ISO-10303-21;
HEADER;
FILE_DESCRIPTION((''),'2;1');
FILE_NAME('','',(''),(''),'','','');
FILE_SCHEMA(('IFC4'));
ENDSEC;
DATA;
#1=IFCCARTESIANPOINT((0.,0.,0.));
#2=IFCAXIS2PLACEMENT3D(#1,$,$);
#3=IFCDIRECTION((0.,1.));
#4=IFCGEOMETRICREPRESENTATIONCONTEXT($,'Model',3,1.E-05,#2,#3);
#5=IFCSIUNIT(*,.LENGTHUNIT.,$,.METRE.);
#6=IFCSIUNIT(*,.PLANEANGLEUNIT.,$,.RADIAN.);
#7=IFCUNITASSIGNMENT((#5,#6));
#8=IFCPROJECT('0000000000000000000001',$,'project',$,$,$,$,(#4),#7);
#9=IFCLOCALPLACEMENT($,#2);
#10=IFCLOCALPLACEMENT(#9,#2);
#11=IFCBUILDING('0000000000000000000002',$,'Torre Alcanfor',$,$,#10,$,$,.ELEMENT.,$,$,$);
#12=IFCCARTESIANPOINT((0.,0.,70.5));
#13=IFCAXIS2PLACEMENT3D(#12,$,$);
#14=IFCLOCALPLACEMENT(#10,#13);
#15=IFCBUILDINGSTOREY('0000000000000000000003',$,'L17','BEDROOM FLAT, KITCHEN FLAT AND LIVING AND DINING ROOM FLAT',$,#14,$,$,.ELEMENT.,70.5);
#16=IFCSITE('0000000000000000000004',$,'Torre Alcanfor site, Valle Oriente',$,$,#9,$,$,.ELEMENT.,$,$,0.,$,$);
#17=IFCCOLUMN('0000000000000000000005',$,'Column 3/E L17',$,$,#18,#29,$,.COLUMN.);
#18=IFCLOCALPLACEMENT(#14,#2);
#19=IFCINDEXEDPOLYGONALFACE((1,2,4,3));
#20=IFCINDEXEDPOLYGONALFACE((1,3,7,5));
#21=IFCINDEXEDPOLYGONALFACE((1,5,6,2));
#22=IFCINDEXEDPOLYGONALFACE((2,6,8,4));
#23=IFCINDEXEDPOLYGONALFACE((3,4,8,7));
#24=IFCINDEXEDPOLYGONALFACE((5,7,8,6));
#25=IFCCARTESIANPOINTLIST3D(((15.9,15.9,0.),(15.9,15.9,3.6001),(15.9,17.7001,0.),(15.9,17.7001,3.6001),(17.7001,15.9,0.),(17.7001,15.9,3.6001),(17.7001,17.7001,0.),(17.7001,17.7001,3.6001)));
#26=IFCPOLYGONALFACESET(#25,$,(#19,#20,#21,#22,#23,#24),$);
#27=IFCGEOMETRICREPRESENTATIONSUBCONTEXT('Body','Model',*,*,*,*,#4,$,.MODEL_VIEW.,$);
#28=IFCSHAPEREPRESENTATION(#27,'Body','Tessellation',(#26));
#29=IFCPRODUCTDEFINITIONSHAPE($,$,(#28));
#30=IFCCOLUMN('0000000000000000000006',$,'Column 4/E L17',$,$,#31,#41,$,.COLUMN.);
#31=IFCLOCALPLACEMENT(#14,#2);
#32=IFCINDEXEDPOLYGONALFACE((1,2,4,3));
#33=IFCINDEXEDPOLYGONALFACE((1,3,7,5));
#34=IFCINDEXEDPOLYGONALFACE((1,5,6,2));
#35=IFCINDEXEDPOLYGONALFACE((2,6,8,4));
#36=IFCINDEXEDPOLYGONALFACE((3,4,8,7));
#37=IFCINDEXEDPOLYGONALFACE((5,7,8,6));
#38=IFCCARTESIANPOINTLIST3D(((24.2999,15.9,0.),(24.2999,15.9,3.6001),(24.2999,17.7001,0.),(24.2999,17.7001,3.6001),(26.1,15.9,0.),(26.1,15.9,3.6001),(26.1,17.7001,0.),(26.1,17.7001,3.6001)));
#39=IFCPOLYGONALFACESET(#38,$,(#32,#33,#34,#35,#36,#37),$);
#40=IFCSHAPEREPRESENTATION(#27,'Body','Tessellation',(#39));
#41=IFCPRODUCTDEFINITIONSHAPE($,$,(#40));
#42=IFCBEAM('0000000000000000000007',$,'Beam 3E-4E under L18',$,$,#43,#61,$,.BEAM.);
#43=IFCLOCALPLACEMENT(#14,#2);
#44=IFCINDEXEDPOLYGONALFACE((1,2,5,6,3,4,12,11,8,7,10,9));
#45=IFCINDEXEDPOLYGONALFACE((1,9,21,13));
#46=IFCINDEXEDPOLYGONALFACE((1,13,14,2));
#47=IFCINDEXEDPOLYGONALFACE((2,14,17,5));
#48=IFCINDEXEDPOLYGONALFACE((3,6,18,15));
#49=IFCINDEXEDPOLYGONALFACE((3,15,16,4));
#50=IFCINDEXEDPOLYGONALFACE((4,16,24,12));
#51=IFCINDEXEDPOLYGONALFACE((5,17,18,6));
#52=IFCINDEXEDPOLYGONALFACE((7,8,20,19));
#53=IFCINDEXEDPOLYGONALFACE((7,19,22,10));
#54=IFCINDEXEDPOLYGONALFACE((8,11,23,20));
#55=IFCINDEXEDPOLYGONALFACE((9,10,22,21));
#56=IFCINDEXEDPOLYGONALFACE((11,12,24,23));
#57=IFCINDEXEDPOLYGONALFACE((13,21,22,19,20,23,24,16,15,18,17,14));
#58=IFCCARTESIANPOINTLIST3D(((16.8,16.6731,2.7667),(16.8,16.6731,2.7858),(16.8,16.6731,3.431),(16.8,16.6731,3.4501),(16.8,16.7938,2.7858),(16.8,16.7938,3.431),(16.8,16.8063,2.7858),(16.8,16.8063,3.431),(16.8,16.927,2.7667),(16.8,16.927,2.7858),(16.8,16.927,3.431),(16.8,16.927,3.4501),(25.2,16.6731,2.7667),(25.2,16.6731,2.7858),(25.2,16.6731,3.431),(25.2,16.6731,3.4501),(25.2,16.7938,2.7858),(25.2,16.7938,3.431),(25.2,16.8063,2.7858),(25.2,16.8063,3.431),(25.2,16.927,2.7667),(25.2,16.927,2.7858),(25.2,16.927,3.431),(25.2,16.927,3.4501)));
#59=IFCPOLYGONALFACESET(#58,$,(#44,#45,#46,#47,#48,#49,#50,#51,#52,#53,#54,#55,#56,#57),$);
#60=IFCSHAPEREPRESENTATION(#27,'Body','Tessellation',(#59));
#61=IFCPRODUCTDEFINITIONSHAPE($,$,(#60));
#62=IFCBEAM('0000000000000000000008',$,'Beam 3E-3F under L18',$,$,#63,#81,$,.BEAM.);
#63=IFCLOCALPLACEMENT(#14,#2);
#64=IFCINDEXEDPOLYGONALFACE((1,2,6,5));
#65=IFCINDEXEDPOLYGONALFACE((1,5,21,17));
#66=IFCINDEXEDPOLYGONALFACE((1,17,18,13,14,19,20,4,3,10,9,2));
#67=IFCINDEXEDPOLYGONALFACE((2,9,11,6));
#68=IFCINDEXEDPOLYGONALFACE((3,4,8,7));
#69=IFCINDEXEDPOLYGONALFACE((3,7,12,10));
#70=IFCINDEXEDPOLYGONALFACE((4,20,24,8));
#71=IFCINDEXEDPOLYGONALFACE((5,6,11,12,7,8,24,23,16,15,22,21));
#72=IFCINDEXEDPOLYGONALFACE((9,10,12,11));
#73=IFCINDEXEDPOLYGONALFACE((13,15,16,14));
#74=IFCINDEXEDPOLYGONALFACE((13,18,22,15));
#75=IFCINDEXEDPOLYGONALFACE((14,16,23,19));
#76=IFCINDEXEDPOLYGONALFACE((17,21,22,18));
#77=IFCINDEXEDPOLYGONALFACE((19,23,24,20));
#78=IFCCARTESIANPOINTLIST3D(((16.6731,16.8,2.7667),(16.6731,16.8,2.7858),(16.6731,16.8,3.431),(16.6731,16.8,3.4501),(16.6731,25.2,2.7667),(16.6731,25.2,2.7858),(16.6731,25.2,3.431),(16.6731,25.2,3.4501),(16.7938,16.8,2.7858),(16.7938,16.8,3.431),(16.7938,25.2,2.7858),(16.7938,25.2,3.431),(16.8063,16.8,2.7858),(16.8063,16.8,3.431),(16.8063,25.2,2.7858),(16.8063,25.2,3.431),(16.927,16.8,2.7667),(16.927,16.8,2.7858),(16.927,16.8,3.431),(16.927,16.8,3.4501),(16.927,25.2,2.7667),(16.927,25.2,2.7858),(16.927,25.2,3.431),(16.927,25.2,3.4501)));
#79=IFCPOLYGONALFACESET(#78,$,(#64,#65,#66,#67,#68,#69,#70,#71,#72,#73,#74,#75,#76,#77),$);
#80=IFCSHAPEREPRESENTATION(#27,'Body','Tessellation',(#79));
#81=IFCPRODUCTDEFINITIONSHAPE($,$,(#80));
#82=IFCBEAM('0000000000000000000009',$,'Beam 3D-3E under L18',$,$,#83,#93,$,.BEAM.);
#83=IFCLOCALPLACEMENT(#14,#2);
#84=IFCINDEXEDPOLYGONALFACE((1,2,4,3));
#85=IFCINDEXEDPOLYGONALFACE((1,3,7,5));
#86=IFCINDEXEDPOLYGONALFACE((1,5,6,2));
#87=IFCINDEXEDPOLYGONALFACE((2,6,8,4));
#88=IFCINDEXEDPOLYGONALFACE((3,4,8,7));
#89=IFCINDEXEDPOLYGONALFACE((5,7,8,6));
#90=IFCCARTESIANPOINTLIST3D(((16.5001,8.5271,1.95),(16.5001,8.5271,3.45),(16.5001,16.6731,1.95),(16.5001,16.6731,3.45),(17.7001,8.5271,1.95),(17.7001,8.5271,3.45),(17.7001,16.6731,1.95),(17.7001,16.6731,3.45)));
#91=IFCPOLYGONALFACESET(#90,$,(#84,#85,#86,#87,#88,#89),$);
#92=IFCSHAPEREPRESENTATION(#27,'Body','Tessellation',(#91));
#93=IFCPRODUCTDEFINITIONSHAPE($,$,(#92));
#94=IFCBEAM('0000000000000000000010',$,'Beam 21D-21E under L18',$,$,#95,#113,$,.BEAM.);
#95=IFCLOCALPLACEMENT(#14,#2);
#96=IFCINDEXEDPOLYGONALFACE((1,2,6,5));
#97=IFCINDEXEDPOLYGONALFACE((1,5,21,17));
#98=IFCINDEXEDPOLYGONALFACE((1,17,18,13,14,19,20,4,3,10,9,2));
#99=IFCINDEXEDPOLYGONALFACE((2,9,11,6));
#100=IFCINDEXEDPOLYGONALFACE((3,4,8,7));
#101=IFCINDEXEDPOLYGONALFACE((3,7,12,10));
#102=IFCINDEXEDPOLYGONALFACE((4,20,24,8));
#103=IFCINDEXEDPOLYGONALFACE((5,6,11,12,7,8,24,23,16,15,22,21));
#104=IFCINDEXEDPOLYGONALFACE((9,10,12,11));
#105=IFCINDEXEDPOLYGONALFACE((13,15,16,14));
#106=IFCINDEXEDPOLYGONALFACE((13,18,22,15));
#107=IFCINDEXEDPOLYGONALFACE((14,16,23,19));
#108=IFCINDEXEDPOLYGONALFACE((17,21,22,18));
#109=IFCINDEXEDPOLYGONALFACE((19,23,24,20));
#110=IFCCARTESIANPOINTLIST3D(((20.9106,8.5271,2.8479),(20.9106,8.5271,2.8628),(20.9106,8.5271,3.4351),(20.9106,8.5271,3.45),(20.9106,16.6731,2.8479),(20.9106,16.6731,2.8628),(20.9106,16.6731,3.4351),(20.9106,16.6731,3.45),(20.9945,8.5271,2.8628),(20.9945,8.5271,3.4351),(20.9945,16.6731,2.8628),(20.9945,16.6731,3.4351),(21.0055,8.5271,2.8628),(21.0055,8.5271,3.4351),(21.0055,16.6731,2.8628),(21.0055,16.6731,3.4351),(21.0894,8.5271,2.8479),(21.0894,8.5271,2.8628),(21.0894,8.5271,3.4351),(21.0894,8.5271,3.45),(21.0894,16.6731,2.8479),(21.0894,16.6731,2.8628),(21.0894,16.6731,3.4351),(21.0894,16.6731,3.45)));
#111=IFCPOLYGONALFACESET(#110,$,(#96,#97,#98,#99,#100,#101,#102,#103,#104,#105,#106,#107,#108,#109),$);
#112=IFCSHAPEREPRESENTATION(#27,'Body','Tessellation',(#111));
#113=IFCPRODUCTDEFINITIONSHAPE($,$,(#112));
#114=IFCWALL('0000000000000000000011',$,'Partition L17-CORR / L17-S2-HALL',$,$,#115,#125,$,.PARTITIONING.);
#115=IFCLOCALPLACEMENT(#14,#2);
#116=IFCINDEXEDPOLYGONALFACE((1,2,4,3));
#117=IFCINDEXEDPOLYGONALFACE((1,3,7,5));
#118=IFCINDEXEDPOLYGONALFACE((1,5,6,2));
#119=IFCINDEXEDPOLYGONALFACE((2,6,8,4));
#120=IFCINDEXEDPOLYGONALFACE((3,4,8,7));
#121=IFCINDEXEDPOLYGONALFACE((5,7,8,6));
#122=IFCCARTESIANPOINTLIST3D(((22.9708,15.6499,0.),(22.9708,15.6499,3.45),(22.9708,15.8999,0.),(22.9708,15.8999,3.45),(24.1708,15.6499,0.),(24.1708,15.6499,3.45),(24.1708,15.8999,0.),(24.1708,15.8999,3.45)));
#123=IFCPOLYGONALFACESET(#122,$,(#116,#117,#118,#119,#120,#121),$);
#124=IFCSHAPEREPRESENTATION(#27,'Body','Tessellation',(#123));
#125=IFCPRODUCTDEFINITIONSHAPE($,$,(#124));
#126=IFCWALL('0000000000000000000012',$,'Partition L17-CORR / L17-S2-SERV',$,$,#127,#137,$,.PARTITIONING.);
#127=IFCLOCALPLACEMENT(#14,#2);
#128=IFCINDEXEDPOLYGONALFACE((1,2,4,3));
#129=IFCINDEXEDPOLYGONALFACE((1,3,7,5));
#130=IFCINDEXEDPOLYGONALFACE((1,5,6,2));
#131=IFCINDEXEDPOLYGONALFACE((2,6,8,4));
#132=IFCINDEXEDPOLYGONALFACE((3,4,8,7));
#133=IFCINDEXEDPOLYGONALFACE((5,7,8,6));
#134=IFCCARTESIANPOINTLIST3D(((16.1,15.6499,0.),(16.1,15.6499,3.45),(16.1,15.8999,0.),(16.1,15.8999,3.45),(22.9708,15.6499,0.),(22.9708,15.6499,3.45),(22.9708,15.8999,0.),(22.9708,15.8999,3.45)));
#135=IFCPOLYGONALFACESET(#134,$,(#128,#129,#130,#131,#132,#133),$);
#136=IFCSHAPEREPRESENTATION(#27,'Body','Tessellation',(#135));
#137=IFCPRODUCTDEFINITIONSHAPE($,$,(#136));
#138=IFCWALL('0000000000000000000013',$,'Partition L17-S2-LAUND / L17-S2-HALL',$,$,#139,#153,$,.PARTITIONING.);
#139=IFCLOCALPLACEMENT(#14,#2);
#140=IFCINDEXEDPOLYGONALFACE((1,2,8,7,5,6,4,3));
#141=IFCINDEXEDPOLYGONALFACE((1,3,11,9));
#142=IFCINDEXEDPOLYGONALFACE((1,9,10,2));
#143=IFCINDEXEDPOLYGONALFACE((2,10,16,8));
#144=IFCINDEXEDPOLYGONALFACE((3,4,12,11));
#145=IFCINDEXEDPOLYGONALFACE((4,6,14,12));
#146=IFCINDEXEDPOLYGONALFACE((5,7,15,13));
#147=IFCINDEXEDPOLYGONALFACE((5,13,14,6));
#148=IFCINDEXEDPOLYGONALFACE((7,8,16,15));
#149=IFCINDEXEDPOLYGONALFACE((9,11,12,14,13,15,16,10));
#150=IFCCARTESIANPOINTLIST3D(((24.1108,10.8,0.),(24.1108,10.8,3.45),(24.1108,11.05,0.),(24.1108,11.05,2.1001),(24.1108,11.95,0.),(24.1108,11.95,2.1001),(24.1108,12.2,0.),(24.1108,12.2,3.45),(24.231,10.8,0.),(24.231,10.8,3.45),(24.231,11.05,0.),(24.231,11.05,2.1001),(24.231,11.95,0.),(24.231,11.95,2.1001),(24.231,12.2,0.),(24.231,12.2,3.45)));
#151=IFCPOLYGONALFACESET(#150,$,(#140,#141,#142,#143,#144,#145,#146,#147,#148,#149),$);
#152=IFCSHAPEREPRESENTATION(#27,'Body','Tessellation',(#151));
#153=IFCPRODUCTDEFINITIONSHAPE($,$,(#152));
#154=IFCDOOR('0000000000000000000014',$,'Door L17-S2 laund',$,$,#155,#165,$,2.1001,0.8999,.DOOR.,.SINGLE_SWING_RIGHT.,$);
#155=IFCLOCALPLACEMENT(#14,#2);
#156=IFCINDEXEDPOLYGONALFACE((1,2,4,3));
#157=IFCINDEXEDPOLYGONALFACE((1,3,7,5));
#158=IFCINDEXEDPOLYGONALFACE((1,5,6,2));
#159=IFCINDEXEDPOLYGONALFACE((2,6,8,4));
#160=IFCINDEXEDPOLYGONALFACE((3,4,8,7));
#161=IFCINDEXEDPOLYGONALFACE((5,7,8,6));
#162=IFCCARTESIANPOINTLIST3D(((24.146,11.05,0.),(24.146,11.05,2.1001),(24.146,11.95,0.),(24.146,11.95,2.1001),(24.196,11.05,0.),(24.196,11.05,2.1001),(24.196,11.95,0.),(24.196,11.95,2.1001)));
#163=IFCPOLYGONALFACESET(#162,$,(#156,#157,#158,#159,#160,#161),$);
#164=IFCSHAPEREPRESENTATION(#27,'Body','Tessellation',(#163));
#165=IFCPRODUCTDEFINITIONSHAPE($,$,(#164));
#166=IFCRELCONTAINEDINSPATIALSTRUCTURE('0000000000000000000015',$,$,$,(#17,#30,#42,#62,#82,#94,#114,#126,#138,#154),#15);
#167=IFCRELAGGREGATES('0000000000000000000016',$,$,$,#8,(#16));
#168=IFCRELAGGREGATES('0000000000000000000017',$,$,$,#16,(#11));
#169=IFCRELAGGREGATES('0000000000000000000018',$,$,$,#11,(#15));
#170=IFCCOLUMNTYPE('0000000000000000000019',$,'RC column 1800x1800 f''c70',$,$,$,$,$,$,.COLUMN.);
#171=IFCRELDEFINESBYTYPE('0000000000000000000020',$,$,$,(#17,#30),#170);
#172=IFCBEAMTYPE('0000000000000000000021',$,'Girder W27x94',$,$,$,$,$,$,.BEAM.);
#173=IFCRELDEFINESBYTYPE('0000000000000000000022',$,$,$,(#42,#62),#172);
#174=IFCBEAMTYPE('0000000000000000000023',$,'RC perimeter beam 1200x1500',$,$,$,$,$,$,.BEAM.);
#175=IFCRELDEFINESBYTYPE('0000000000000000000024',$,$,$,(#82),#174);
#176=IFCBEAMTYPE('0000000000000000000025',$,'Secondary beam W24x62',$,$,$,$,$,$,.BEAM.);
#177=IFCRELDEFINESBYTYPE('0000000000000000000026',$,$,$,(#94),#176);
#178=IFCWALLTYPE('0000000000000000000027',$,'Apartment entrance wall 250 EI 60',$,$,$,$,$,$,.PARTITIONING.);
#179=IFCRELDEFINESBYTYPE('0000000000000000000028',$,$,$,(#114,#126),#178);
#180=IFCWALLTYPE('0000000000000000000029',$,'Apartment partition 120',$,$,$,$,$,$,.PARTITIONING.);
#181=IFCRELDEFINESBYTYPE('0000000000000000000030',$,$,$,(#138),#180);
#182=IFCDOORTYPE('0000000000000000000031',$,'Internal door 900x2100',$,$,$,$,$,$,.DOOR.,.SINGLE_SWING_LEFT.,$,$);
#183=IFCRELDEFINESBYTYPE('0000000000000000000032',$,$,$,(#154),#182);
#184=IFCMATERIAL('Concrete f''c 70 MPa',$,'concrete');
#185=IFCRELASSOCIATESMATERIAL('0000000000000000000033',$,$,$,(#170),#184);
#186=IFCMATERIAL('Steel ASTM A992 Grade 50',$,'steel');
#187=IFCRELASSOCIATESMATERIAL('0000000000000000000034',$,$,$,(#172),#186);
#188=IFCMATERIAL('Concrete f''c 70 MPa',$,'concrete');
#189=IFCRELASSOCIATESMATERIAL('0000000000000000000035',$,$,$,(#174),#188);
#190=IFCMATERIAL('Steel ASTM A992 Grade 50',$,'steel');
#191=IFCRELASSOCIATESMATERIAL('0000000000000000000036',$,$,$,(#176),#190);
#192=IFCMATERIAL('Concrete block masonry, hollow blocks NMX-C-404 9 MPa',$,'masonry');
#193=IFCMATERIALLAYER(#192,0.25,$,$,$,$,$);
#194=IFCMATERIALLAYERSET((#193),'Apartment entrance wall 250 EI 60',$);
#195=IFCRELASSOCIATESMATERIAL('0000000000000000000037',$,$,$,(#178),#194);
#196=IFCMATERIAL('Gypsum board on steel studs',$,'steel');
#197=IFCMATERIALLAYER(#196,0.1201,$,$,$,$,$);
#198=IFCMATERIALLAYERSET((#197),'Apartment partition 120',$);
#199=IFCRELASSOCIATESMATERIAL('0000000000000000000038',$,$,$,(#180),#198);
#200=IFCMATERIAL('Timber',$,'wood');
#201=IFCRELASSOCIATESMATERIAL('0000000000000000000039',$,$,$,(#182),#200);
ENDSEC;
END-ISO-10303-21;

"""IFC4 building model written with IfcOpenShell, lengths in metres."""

from ifc_helpers import new_model, si_unit, direction, frame, frame_2d, origin, origin_2d, place, context, subcontext, project, spatial, rectangle, i_section, extrude, material, layer, layer_set, material_profile, profile_set, type_object, element, fill, save


model = new_model("IFC4")

# Units and contexts
model_context = context("Model", 3, precision=1e-05, world=origin(), true_north=direction((0.0, 1.0)))
body_context = subcontext(model_context, "Body", "Model", "MODEL_VIEW")
ifc_project = project(units=[si_unit("LENGTHUNIT", "METRE"), si_unit("PLANEANGLEUNIT", "RADIAN")], contexts=[model_context])

# Site, building, storey
site_placement = place(None, origin())
site = spatial("IfcSite", under=ifc_project, at=site_placement, Name="Torre Alcanfor site, Valle Oriente", CompositionType="ELEMENT", RefElevation=0.0)
building_placement = place(site_placement, origin())
building = spatial("IfcBuilding", under=site, at=building_placement, Name="Torre Alcanfor", CompositionType="ELEMENT")
storey_placement = place(building_placement, frame((0.0, 0.0, 70.5)))
storey = spatial("IfcBuildingStorey", under=building, at=storey_placement, Name="L17", Description="BEDROOM FLAT, KITCHEN FLAT AND LIVING AND DINING ROOM FLAT", CompositionType="ELEMENT", Elevation=70.5)

# Columns
ifc_material_1 = material(Name="Concrete f'c 70 MPa", Category="concrete")
ifc_material_profile_1 = material_profile(ifc_material_1, rectangle(XDim=1.8, YDim=1.8, at=origin_2d()), Name="1800x1800")
ifc_profile_set_1 = profile_set([ifc_material_profile_1], Name="Concrete f'c 70 MPa")
column_type = type_object("IfcColumnType", Name="RC column 1800x1800 f'c70", PredefinedType="COLUMN", material=ifc_profile_set_1)
for number, where, z_axis, x_axis, name in (
    (1, (16.8, 16.8, 0.0), (0.0, 0.0, 1.0), (1.0, 0.0, 0.0), "Column 3/E L17"),
    (2, (25.2, 16.8, 0.0), (0.0, 0.0, 1.0), (1.0, 0.0, 0.0), "Column 4/E L17"),
):
    element("IfcColumn", number, at=place(storey_placement, frame(where, z_axis=z_axis, x_axis=x_axis)), inside=storey, type_object=column_type, Name=name, PredefinedType="COLUMN", context=body_context, shape_type="SweptSolid", body=[
        extrude(rectangle(XDim=1.8, YDim=1.8, at=origin_2d()), origin(), (0.0, 0.0, 1.0), 3.6001),
    ])

# Beams
ifc_material_2 = material(Name="Steel ASTM A992 Grade 50", Category="steel")
ifc_material_profile_2 = material_profile(ifc_material_2, i_section(OverallWidth=0.2539, OverallDepth=0.6833, WebThickness=0.0125, FlangeThickness=0.019, at=origin_2d()), Name="W27x94")
ifc_profile_set_2 = profile_set([ifc_material_profile_2], Name="Steel ASTM A992 Grade 50")
beam_type_1 = type_object("IfcBeamType", Name="Girder W27x94", PredefinedType="BEAM", material=ifc_profile_set_2)
for number, where, z_axis, x_axis, name in (
    (3, (16.8, 16.8, 3.1084), (1.0, 0.0, 0.0), (0.0, 1.0, 0.0), "Beam 3E-4E under L18"),
    (4, (16.8, 16.8, 3.1084), (0.0, 1.0, 0.0), (-1.0, 0.0, 0.0), "Beam 3E-3F under L18"),
):
    element("IfcBeam", number, at=place(storey_placement, frame(where, z_axis=z_axis, x_axis=x_axis)), inside=storey, type_object=beam_type_1, Name=name, PredefinedType="BEAM", context=body_context, shape_type="SweptSolid", body=[
        extrude(i_section(OverallWidth=0.2539, OverallDepth=0.6833, WebThickness=0.0125, FlangeThickness=0.019, at=origin_2d()), origin(), (0.0, 0.0, 1.0), 8.3999),
    ])
ifc_material_3 = material(Name="Concrete f'c 70 MPa", Category="concrete")
ifc_material_profile_3 = material_profile(ifc_material_3, rectangle(XDim=1.2, YDim=1.5, at=origin_2d()), Name="1200x1500")
ifc_profile_set_3 = profile_set([ifc_material_profile_3], Name="Concrete f'c 70 MPa")
beam_type_2 = type_object("IfcBeamType", Name="RC perimeter beam 1200x1500", PredefinedType="BEAM", material=ifc_profile_set_3)
beam_1_placement = place(storey_placement, frame((17.1001, 8.5271, 2.7), z_axis=(0.0, 1.0, 0.0), x_axis=(-1.0, 0.0, 0.0)))
element("IfcBeam", 5, at=beam_1_placement, inside=storey, type_object=beam_type_2, Name="Beam 3D-3E under L18", PredefinedType="BEAM", context=body_context, shape_type="SweptSolid", body=[
    extrude(rectangle(XDim=1.2, YDim=1.5, at=origin_2d()), origin(), (0.0, 0.0, 1.0), 8.146),
])
ifc_material_4 = material(Name="Steel ASTM A992 Grade 50", Category="steel")
ifc_material_profile_4 = material_profile(ifc_material_4, i_section(OverallWidth=0.1787, OverallDepth=0.6021, WebThickness=0.011, FlangeThickness=0.0149, at=origin_2d()), Name="W24x62")
ifc_profile_set_4 = profile_set([ifc_material_profile_4], Name="Steel ASTM A992 Grade 50")
beam_type_3 = type_object("IfcBeamType", Name="Secondary beam W24x62", PredefinedType="BEAM", material=ifc_profile_set_4)
beam_2_placement = place(storey_placement, frame((21.0, 8.5271, 3.1489), z_axis=(0.0, 1.0, 0.0), x_axis=(-1.0, 0.0, 0.0)))
element("IfcBeam", 6, at=beam_2_placement, inside=storey, type_object=beam_type_3, Name="Beam 21D-21E under L18", PredefinedType="BEAM", context=body_context, shape_type="SweptSolid", body=[
    extrude(i_section(OverallWidth=0.1787, OverallDepth=0.6021, WebThickness=0.011, FlangeThickness=0.0149, at=origin_2d()), origin(), (0.0, 0.0, 1.0), 8.146),
])

# Walls
ifc_material_5 = material(Name="Concrete block masonry, hollow blocks NMX-C-404 9 MPa", Category="masonry")
ifc_layer_1 = layer(ifc_material_5, 0.25)
ifc_layer_set_1 = layer_set([ifc_layer_1], Name="Apartment entrance wall 250 EI 60")
wall_type_1 = type_object("IfcWallType", Name="Apartment entrance wall 250 EI 60", PredefinedType="PARTITIONING", material=ifc_layer_set_1)
wall_1_placement = place(storey_placement, frame((24.1709, 15.7749, 0.0), z_axis=(0.0, 0.0, 1.0), x_axis=(-1.0, 0.0, 0.0)))
element("IfcWall", 7, at=wall_1_placement, inside=storey, type_object=wall_type_1, Name="Partition L17-CORR / L17-S2-HALL", PredefinedType="PARTITIONING", context=body_context, shape_type="SweptSolid", body=[
    extrude(rectangle(XDim=1.2, YDim=0.25, at=frame_2d((0.6001, 0.0))), origin(), (0.0, 0.0, 1.0), 3.45),
])
wall_2_placement = place(storey_placement, frame((22.9709, 15.7749, 0.0), z_axis=(0.0, 0.0, 1.0), x_axis=(-1.0, 0.0, 0.0)))
element("IfcWall", 8, at=wall_2_placement, inside=storey, type_object=wall_type_1, Name="Partition L17-CORR / L17-S2-SERV", PredefinedType="PARTITIONING", context=body_context, shape_type="SweptSolid", body=[
    extrude(rectangle(XDim=6.8708, YDim=0.25, at=frame_2d((3.4355, 0.0))), origin(), (0.0, 0.0, 1.0), 3.45),
])

# Wall, opening, door
ifc_material_6 = material(Name="Gypsum board on steel studs", Category="steel")
ifc_layer_2 = layer(ifc_material_6, 0.1201)
ifc_layer_set_2 = layer_set([ifc_layer_2], Name="Apartment partition 120")
wall_type_2 = type_object("IfcWallType", Name="Apartment partition 120", PredefinedType="PARTITIONING", material=ifc_layer_set_2)
wall_3_placement = place(storey_placement, frame((24.1709, 10.8, 0.0), z_axis=(0.0, 0.0, 1.0), x_axis=(0.0, 1.0, 0.0)))
wall_3 = element("IfcWall", 9, at=wall_3_placement, inside=storey, type_object=wall_type_2, Name="Partition L17-S2-LAUND / L17-S2-HALL", PredefinedType="PARTITIONING", context=body_context, shape_type="SweptSolid", body=[
    extrude(rectangle(XDim=1.3999, YDim=0.1201, at=frame_2d((0.7, 0.0))), origin(), (0.0, 0.0, 1.0), 3.45),
])
opening_1_placement = place(wall_3_placement, frame((0.25, 0.0, 0.0)))
opening_1 = element("IfcOpeningElement", 10, at=opening_1_placement, cuts=wall_3, PredefinedType="OPENING", context=body_context, shape_type="SweptSolid", body=[
    extrude(rectangle(XDim=0.8999, YDim=2.1001, at=frame_2d((0.45, 1.05))), frame((0.0, 0.0701, 0.0), z_axis=(0.0, -1.0, 0.0), x_axis=(1.0, 0.0, 0.0)), (0.0, 0.0, 1.0), 0.1401),
])
ifc_material_7 = material(Name="Timber", Category="wood")
door_type_1 = type_object("IfcDoorType", Name="Internal door 900x2100", OperationType="SINGLE_SWING_LEFT", PredefinedType="DOOR", material=ifc_material_7)
door_1_placement = place(opening_1_placement, frame((0.8999, 0.0, 0.0), z_axis=(0.0, 0.0, 1.0), x_axis=(-1.0, 0.0, 0.0)))
door_1 = element("IfcDoor", 11, at=door_1_placement, inside=storey, type_object=door_type_1, Name="Door L17-S2 laund", OperationType="SINGLE_SWING_RIGHT", OverallHeight=2.1001, OverallWidth=0.8999, PredefinedType="DOOR", context=body_context, shape_type="SweptSolid", body=[
    extrude(rectangle(XDim=0.8999, YDim=2.1001, at=frame_2d((0.45, 1.05))), frame((0.0, 0.0251, 0.0), z_axis=(0.0, -1.0, 0.0), x_axis=(1.0, 0.0, 0.0)), (0.0, 0.0, 1.0), 0.05),
])
fill(opening_1, door_1)

save(model, "model.ifc")
